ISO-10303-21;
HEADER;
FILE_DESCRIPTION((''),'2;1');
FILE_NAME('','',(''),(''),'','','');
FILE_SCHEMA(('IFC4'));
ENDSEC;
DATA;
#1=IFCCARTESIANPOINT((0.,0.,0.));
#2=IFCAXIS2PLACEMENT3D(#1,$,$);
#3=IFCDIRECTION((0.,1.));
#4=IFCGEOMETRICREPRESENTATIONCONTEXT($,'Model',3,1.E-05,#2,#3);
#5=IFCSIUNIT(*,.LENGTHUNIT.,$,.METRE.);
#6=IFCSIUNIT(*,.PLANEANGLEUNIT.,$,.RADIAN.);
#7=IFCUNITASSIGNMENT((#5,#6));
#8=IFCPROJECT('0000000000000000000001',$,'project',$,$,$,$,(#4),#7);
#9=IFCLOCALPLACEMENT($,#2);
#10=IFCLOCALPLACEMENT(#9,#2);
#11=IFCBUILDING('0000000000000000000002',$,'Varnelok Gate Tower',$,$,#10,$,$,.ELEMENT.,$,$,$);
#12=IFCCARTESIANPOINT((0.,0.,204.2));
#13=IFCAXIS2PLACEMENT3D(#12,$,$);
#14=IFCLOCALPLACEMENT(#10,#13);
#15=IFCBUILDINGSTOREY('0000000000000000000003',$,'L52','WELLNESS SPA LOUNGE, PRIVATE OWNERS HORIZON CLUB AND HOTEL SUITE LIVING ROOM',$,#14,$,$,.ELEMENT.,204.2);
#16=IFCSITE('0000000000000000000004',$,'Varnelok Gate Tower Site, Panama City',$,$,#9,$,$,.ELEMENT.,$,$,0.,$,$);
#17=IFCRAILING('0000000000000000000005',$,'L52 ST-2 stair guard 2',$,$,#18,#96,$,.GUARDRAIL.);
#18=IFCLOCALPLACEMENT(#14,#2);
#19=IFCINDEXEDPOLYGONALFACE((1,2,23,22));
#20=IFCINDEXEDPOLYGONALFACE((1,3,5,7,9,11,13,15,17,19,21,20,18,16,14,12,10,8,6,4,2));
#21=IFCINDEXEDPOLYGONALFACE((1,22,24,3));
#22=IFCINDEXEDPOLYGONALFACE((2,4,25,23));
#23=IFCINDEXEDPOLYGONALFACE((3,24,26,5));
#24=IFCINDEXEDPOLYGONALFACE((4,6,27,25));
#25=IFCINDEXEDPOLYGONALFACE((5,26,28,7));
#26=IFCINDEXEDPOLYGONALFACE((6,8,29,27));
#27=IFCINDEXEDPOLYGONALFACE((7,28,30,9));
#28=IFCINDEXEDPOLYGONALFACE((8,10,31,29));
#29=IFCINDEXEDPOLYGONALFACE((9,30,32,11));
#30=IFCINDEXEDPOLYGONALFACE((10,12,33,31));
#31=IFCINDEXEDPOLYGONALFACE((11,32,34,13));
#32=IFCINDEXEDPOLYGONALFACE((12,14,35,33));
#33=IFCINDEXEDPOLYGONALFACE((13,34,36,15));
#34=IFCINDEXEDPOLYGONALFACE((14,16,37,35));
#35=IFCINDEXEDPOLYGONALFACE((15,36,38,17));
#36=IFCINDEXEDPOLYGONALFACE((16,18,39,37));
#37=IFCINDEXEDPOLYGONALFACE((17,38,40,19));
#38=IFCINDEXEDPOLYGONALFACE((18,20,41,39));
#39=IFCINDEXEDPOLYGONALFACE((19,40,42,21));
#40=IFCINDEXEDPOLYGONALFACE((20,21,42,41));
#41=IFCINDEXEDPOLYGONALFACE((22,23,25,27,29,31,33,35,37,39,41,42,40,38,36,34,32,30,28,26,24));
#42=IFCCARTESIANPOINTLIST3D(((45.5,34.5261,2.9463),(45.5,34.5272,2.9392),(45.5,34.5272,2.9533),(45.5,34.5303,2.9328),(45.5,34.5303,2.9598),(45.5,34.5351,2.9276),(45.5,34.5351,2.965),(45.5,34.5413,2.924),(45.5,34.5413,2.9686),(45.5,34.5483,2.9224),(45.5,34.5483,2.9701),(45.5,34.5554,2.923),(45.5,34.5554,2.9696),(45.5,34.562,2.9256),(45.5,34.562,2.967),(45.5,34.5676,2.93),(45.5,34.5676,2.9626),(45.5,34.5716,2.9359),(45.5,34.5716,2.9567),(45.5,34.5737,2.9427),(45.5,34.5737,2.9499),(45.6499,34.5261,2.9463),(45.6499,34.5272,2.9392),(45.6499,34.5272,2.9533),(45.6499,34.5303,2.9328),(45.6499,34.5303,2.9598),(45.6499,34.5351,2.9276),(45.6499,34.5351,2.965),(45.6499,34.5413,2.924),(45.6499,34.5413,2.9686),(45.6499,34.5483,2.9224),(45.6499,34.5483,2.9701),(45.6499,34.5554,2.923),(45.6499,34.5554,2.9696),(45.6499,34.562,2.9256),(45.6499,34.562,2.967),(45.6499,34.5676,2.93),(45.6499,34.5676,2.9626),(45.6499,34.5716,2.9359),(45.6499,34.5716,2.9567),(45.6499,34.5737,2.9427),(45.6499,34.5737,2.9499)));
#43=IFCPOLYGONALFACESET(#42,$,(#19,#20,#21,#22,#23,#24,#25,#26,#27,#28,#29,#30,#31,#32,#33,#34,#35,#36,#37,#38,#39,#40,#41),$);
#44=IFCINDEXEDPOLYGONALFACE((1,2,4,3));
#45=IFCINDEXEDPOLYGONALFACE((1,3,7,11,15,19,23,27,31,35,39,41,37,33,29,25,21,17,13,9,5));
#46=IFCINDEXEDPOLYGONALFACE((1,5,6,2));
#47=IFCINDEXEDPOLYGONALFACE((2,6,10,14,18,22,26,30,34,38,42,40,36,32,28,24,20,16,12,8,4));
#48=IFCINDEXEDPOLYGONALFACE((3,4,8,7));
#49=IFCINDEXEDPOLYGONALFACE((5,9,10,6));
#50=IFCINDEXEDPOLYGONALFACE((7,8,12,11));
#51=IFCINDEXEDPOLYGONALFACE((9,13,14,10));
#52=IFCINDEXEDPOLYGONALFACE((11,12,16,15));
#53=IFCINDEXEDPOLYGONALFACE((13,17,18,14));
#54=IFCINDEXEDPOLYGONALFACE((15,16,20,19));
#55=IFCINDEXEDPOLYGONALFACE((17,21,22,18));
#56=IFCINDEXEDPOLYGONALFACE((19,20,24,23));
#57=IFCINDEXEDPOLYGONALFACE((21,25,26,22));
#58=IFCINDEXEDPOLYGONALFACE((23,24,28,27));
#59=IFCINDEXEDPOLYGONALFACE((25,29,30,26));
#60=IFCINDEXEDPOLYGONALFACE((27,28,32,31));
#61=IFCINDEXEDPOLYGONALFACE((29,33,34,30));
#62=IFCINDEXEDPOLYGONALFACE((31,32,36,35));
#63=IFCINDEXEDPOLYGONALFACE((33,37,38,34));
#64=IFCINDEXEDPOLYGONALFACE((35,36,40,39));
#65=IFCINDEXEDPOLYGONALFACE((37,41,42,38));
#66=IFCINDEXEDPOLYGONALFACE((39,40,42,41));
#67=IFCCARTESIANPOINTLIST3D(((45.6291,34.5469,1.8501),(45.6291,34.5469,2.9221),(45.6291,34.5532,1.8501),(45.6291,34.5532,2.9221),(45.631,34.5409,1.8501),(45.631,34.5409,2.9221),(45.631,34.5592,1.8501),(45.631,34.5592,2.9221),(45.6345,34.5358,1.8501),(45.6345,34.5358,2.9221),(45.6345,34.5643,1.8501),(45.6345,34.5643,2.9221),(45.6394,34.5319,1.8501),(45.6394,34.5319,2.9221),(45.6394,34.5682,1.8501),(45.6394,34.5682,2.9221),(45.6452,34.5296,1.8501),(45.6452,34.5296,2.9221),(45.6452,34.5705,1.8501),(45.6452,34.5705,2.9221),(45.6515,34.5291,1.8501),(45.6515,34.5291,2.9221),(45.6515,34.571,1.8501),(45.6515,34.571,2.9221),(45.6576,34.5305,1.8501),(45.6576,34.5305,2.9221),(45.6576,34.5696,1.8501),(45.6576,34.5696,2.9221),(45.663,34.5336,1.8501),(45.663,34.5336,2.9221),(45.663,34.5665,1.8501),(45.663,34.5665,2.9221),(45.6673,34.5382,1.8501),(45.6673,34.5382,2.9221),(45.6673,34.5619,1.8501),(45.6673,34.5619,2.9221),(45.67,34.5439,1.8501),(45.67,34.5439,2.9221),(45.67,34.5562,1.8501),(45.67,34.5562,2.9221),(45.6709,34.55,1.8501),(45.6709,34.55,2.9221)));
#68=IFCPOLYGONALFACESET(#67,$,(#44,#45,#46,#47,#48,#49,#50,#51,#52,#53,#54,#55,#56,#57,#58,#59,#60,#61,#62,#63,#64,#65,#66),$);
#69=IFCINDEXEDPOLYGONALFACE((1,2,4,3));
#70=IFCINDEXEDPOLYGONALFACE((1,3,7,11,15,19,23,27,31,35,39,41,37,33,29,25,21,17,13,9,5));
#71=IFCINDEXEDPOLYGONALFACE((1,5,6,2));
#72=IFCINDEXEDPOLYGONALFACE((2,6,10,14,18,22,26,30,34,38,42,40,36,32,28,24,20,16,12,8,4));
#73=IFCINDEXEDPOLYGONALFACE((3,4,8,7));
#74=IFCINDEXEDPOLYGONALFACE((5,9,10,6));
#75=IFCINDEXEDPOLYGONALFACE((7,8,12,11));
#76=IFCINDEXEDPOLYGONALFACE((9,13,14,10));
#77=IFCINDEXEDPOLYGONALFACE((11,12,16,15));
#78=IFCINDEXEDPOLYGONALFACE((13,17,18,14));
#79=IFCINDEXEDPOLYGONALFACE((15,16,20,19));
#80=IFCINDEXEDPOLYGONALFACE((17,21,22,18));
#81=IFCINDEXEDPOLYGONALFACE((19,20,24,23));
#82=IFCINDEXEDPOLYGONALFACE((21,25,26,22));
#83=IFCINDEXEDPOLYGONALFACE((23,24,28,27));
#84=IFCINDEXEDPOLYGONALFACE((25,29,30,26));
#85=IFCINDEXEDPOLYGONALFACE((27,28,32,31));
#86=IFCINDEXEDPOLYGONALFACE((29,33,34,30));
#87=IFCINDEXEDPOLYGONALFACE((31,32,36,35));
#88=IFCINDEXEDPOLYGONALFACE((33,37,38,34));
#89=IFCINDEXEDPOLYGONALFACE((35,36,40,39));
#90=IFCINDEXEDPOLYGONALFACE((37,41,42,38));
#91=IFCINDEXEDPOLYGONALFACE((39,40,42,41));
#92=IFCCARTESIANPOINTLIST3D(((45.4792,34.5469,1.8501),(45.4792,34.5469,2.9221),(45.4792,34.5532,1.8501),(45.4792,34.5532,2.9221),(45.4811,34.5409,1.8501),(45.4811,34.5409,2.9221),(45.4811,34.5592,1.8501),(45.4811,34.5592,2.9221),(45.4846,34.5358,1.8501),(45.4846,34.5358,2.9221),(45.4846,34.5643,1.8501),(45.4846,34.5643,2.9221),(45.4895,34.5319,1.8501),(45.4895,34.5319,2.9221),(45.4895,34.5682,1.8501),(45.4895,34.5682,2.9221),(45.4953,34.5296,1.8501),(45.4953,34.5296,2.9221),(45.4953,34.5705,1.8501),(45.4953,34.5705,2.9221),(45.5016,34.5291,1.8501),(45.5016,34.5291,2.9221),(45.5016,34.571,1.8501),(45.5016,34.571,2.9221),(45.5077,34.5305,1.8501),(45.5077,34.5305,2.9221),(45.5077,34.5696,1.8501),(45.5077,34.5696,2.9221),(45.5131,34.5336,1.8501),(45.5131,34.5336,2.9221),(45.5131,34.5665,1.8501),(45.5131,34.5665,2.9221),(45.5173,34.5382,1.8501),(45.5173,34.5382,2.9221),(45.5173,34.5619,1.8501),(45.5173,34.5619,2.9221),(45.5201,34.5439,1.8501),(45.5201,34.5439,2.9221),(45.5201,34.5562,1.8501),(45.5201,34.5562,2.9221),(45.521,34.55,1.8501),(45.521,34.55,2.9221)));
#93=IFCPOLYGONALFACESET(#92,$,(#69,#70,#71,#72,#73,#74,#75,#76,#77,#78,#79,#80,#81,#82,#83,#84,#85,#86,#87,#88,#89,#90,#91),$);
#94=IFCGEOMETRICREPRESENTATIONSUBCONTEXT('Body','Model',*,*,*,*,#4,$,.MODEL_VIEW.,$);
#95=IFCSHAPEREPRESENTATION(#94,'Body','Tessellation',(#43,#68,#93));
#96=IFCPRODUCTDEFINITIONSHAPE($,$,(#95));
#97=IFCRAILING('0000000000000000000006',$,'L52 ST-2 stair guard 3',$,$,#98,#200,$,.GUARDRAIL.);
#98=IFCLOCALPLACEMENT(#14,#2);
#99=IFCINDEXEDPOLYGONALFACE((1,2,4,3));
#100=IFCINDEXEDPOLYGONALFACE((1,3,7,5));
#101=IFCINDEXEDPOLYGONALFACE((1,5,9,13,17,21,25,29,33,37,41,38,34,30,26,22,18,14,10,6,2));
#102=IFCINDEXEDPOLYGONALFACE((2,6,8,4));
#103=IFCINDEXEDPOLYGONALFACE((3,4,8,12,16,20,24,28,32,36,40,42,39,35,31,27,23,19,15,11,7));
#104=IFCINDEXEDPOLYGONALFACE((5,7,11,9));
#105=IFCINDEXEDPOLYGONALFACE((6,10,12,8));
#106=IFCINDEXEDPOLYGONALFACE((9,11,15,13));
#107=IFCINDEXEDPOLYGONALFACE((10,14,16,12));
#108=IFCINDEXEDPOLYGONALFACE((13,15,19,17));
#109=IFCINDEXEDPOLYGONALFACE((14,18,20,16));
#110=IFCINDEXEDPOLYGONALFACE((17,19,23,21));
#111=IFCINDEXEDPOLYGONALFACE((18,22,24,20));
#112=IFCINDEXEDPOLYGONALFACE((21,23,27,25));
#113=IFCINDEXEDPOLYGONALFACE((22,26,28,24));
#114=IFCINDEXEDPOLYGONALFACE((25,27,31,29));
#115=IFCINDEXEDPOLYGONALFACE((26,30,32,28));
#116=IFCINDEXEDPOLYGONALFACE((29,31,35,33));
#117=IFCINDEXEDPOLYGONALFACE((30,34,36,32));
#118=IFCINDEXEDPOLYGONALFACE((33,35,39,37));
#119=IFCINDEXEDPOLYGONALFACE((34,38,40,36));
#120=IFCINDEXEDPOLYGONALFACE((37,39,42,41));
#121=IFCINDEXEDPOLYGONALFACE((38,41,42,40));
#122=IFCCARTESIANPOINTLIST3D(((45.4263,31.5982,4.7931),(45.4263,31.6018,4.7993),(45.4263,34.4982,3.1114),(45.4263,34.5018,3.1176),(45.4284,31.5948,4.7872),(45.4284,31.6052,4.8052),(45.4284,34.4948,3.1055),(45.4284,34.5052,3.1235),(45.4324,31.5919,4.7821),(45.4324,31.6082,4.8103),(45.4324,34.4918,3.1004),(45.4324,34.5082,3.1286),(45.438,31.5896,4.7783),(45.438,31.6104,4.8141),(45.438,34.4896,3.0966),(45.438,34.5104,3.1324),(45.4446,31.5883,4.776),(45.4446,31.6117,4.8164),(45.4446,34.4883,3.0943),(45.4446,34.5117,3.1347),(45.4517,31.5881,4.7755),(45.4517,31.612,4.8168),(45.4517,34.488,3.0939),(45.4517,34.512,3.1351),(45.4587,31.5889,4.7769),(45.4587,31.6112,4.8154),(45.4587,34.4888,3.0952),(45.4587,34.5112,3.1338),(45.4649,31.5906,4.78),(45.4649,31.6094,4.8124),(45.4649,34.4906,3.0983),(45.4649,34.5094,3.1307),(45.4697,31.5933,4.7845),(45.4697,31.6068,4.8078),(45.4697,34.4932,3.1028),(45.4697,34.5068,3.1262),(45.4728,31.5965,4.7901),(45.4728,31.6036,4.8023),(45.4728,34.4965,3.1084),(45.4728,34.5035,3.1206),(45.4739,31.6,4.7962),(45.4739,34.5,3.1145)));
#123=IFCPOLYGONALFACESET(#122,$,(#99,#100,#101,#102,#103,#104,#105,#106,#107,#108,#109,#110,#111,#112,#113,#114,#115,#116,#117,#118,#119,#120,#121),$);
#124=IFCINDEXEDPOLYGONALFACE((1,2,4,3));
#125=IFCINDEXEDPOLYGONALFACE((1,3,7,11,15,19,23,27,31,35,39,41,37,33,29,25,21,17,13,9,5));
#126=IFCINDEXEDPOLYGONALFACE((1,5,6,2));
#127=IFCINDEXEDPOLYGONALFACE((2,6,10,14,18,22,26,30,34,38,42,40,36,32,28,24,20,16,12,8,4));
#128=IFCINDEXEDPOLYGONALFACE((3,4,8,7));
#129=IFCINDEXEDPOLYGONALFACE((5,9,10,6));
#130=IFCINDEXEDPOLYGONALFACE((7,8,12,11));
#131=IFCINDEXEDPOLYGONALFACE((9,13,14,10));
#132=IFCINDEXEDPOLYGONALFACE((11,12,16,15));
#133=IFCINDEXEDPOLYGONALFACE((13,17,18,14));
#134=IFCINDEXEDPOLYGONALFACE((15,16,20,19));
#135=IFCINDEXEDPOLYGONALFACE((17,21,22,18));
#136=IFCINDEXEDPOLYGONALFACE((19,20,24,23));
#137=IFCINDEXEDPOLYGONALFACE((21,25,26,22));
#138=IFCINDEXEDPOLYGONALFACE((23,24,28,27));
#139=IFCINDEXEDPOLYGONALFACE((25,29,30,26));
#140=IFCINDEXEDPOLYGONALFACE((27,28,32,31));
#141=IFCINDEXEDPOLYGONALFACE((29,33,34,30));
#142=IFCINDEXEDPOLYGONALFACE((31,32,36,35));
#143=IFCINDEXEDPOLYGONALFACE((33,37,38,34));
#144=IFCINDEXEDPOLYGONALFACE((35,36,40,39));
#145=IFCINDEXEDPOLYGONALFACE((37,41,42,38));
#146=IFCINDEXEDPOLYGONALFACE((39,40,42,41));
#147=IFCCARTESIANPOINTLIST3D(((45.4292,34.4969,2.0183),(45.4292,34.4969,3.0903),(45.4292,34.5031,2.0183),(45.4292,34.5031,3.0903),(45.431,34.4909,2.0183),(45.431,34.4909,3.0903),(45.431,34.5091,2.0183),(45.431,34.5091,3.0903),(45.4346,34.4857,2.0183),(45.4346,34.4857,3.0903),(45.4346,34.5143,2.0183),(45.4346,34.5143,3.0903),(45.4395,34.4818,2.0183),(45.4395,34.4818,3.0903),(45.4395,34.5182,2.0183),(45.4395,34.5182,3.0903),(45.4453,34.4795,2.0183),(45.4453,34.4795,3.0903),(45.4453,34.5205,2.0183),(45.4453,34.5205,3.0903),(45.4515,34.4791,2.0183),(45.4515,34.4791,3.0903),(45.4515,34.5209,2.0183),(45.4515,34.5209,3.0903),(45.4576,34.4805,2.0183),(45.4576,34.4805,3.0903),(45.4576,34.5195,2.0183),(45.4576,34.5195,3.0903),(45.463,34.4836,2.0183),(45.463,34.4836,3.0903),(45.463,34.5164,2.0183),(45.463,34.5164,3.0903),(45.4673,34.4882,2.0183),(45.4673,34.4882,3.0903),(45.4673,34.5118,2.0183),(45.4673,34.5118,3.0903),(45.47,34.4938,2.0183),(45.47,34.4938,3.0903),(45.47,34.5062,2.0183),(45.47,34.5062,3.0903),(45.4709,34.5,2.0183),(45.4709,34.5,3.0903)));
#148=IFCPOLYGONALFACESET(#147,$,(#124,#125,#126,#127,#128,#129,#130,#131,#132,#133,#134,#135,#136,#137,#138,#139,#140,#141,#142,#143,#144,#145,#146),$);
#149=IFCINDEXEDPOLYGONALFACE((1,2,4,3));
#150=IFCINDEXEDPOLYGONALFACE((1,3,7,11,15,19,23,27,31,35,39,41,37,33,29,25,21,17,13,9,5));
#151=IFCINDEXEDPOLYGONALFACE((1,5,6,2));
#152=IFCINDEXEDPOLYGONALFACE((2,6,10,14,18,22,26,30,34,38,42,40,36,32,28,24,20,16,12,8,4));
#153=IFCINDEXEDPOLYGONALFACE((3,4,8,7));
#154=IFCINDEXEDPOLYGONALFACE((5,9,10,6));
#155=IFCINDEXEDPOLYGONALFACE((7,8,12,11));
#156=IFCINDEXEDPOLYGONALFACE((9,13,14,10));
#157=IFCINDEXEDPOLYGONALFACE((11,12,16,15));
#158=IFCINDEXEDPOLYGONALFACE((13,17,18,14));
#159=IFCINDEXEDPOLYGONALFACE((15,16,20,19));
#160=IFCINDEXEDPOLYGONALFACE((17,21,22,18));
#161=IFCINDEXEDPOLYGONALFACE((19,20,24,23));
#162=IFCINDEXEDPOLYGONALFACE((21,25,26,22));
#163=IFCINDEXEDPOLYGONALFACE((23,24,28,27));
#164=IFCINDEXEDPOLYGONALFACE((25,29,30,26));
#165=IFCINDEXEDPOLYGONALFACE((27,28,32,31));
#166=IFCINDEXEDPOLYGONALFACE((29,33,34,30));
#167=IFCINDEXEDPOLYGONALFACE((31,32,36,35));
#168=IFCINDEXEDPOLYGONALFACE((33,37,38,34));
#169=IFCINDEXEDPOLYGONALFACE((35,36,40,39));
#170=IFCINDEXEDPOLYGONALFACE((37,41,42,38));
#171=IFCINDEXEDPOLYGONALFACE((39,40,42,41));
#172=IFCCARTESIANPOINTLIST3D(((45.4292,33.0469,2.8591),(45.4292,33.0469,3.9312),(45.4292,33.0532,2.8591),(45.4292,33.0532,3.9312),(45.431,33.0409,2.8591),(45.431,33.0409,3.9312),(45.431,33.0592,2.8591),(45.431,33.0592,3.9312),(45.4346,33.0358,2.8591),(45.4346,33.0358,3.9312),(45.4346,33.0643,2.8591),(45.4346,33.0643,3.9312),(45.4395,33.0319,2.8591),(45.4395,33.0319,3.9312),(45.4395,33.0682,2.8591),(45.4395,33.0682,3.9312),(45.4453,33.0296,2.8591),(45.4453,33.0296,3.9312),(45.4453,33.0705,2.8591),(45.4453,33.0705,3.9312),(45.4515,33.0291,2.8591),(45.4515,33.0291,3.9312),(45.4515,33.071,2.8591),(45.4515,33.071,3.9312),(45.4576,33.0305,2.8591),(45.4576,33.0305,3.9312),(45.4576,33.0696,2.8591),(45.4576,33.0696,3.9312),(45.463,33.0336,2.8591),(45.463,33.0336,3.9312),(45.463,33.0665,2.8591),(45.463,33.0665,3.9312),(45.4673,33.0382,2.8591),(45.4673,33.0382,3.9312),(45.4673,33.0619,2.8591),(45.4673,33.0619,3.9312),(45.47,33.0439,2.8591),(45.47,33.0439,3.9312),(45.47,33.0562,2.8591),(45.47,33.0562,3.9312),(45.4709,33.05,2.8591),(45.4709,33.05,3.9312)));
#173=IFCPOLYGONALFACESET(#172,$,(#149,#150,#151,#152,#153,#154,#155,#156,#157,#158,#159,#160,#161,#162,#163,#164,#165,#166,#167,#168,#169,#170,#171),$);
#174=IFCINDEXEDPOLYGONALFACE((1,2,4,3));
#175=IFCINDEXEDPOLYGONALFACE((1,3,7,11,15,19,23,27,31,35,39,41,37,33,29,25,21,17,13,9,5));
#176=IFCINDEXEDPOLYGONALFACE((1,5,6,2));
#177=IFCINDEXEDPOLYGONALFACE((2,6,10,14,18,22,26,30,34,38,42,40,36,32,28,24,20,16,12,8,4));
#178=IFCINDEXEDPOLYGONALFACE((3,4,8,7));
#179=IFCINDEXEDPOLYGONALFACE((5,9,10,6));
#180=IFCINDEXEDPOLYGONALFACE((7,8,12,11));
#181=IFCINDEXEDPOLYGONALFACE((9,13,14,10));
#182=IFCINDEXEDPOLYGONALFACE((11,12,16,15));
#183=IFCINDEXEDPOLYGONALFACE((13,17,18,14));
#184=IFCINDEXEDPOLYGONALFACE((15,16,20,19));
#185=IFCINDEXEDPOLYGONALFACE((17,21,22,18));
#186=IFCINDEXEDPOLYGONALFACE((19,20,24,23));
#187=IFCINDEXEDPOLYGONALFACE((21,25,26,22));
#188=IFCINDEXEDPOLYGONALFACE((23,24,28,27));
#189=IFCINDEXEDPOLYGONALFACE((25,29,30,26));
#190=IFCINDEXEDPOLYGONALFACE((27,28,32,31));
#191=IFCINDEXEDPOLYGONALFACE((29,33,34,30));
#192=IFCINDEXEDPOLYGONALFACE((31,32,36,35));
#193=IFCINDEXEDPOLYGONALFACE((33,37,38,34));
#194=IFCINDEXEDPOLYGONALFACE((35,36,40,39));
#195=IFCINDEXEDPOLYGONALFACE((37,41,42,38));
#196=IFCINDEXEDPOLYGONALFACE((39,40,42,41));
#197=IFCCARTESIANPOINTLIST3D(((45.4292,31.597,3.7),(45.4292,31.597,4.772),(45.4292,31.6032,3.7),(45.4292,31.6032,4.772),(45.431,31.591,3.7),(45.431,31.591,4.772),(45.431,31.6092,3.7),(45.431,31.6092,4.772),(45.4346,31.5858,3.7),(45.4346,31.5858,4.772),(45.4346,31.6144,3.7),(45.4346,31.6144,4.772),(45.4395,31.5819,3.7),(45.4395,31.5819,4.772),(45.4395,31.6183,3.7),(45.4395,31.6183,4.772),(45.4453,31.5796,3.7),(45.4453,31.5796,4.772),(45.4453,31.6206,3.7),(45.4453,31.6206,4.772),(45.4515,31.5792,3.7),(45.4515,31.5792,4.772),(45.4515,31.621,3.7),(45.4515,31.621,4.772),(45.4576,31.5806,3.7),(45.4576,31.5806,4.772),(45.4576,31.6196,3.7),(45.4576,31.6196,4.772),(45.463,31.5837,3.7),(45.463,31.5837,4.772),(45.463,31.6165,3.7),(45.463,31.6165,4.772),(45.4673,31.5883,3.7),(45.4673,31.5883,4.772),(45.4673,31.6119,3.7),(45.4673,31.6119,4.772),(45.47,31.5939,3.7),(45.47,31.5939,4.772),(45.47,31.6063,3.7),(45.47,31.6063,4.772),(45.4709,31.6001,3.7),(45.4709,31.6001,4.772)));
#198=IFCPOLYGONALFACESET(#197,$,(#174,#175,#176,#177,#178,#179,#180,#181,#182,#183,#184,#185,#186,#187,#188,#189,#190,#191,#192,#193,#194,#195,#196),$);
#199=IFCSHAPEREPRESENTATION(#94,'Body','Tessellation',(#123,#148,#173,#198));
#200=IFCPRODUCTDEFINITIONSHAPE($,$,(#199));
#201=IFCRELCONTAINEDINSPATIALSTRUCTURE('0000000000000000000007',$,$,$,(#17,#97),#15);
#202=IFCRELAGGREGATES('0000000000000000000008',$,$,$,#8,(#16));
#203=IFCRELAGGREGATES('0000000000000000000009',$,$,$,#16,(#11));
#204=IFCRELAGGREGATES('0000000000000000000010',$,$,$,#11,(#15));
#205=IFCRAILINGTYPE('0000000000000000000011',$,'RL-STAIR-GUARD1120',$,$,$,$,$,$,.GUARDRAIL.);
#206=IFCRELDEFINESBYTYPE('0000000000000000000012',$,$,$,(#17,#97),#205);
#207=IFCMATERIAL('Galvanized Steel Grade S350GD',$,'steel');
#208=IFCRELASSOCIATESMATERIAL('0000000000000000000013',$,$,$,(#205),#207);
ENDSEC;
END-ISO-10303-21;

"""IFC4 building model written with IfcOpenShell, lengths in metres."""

from ifc_helpers import new_model, si_unit, direction, frame, origin, origin_2d, place, context, subcontext, project, spatial, circle, extrude, material, type_object, element, save


model = new_model("IFC4")

# Units and contexts
model_context = context("Model", 3, precision=1e-05, world=origin(), true_north=direction((0.0, 1.0)))
body_context = subcontext(model_context, "Body", "Model", "MODEL_VIEW")
ifc_project = project(units=[si_unit("LENGTHUNIT", "METRE"), si_unit("PLANEANGLEUNIT", "RADIAN")], contexts=[model_context])

# Site, building, storey
site_placement = place(None, origin())
site = spatial("IfcSite", under=ifc_project, at=site_placement, Name="Varnelok Gate Tower Site, Panama City", CompositionType="ELEMENT", RefElevation=0.0)
building_placement = place(site_placement, origin())
building = spatial("IfcBuilding", under=site, at=building_placement, Name="Varnelok Gate Tower", CompositionType="ELEMENT")
storey_placement = place(building_placement, frame((0.0, 0.0, 204.2)))
storey = spatial("IfcBuildingStorey", under=building, at=storey_placement, Name="L52", Description="WELLNESS SPA LOUNGE, PRIVATE OWNERS HORIZON CLUB AND HOTEL SUITE LIVING ROOM", CompositionType="ELEMENT", Elevation=204.2)

# Shared definitions
ifc_material_1 = material(Name="Galvanized Steel Grade S350GD", Category="steel")

# Railings
railing_type_1 = type_object("IfcRailingType", Name="RL-STAIR-GUARD1120", PredefinedType="GUARDRAIL", material=ifc_material_1)
railing_1_placement = place(storey_placement, frame((45.6499, 34.55, 1.8501)))
element("IfcRailing", 1, at=railing_1_placement, inside=storey, type_object=railing_type_1, Name="L52 ST-2 stair guard 2", PredefinedType="GUARDRAIL", context=body_context, shape_type="SweptSolid", body=[
    extrude(circle(Radius=0.0239, at=origin_2d()), frame((0.0, 0.0, 1.0962), z_axis=(-1.0, 0.0, 0.0), x_axis=(0.0, -1.0, 0.0)), (0.0, 0.0, 1.0), 0.1499),
    extrude(circle(Radius=0.021, at=origin_2d()), origin(), (0.0, 0.0, 1.0), 1.072),
    extrude(circle(Radius=0.021, at=origin_2d()), frame((-0.1499, 0.0, 0.0)), (0.0, 0.0, 1.0), 1.072),
])
railing_2_placement = place(storey_placement, frame((45.45, 34.5, 2.0183)))
element("IfcRailing", 2, at=railing_2_placement, inside=storey, type_object=railing_type_1, Name="L52 ST-2 stair guard 3", PredefinedType="GUARDRAIL", context=body_context, shape_type="SweptSolid", body=[
    extrude(circle(Radius=0.0239, at=origin_2d()), frame((0.0, 0.0, 1.0962), z_axis=(0.0, -0.86507, 0.501651), x_axis=(1.0, 0.0, 0.0)), (0.0, 0.0, 1.0), 3.3523),
    extrude(circle(Radius=0.021, at=origin_2d()), origin(), (0.0, 0.0, 1.0), 1.072),
    extrude(circle(Radius=0.021, at=origin_2d()), frame((0.0, -1.45, 0.8408)), (0.0, 0.0, 1.0), 1.072),
    extrude(circle(Radius=0.021, at=origin_2d()), frame((0.0, -2.8999, 1.6816)), (0.0, 0.0, 1.0), 1.072),
])

save(model, "model.ifc")
